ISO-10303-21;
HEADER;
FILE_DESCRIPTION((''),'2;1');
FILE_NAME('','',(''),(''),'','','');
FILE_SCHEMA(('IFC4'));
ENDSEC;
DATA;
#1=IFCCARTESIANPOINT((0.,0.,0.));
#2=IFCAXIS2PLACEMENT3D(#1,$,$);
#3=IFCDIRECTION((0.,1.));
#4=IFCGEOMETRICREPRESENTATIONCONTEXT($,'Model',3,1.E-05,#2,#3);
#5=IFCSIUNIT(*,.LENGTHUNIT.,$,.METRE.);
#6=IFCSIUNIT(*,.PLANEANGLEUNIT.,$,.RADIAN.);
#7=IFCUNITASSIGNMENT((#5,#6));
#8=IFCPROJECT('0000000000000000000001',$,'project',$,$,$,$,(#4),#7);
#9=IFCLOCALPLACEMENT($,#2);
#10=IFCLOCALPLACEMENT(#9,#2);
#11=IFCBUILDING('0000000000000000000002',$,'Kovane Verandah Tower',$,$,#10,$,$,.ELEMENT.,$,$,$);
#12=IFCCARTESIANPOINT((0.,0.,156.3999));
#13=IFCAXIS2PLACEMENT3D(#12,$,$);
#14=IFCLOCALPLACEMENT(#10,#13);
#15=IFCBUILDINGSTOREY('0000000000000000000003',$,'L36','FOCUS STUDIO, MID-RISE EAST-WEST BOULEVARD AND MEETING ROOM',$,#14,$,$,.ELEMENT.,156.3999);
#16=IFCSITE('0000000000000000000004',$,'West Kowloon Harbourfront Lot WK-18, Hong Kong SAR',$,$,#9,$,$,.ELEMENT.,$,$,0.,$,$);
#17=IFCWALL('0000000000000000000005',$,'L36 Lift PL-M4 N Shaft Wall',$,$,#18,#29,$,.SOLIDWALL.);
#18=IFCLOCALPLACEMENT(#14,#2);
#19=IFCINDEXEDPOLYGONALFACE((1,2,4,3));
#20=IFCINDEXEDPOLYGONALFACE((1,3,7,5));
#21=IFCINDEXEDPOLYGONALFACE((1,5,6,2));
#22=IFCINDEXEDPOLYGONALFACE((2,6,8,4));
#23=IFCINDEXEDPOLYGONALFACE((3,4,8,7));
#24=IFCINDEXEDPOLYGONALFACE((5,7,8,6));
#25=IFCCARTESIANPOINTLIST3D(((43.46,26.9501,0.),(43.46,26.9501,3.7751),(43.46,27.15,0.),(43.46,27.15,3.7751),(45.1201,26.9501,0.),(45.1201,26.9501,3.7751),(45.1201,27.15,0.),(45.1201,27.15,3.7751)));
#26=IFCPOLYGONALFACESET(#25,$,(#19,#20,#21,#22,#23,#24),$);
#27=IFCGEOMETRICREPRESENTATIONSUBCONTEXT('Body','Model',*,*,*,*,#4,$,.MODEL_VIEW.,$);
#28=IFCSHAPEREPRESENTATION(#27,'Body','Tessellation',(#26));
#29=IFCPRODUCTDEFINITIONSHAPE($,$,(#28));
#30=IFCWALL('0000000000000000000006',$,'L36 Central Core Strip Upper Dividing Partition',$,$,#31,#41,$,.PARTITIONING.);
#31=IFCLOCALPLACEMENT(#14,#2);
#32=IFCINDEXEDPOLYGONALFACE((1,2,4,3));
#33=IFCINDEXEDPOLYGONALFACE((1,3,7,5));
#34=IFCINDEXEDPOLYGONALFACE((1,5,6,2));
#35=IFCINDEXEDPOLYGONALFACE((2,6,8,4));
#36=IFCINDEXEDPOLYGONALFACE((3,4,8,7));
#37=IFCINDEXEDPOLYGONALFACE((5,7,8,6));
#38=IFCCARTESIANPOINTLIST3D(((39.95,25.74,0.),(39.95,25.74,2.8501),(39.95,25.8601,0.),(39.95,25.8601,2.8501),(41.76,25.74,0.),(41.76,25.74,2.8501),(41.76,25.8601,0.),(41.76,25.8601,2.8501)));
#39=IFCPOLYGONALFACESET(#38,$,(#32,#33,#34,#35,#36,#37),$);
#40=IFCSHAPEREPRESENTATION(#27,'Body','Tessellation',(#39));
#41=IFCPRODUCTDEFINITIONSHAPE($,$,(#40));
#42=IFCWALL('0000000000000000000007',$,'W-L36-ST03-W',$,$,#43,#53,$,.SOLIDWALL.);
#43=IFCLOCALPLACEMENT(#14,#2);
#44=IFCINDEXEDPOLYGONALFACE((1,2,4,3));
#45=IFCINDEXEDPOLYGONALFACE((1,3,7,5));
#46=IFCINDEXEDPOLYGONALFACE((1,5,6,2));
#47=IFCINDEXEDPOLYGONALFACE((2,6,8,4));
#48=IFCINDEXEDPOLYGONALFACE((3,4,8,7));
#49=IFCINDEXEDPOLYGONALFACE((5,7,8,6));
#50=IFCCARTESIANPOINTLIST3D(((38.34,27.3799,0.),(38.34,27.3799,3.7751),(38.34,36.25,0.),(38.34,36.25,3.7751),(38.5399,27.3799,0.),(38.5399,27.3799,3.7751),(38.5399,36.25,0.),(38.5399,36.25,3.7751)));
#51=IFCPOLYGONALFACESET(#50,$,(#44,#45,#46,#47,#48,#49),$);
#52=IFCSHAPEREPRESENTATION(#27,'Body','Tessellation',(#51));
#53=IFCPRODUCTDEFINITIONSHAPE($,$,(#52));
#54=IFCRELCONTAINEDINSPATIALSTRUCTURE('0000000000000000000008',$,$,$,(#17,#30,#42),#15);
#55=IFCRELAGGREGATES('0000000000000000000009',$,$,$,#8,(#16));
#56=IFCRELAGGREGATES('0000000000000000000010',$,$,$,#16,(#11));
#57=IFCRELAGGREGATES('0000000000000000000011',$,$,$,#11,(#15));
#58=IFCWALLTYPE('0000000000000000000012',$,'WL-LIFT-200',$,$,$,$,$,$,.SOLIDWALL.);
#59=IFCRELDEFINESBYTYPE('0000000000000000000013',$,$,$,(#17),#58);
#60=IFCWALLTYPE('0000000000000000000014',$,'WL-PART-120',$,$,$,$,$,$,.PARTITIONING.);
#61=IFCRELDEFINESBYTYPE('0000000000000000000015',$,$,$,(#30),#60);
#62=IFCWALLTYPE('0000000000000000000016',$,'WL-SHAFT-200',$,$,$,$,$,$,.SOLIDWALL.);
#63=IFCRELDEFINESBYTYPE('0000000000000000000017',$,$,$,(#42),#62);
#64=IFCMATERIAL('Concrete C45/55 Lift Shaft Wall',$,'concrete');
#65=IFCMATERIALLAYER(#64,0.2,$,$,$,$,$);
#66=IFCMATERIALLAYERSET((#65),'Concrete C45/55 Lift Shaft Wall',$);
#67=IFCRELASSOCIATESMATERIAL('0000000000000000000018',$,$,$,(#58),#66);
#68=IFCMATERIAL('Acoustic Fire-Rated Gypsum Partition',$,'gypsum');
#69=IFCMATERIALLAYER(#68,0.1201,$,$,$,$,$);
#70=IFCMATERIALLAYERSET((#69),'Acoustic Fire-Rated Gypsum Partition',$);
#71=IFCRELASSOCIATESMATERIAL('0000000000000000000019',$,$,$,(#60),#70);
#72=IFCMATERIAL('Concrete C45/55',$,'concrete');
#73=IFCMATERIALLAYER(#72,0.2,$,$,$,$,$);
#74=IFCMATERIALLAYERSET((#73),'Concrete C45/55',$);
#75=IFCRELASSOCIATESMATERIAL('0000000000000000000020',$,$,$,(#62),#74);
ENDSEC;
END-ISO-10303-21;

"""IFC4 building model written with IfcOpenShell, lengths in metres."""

from ifc_helpers import new_model, si_unit, direction, frame, frame_2d, origin, place, context, subcontext, project, spatial, rectangle, extrude, material, layer, layer_set, type_object, element, save


model = new_model("IFC4")

# Units and contexts
model_context = context("Model", 3, precision=1e-05, world=origin(), true_north=direction((0.0, 1.0)))
body_context = subcontext(model_context, "Body", "Model", "MODEL_VIEW")
ifc_project = project(units=[si_unit("LENGTHUNIT", "METRE"), si_unit("PLANEANGLEUNIT", "RADIAN")], contexts=[model_context])

# Site, building, storey
site_placement = place(None, origin())
site = spatial("IfcSite", under=ifc_project, at=site_placement, Name="West Kowloon Harbourfront Lot WK-18, Hong Kong SAR", CompositionType="ELEMENT", RefElevation=0.0)
building_placement = place(site_placement, origin())
building = spatial("IfcBuilding", under=site, at=building_placement, Name="Kovane Verandah Tower", CompositionType="ELEMENT")
storey_placement = place(building_placement, frame((0.0, 0.0, 156.3999)))
storey = spatial("IfcBuildingStorey", under=building, at=storey_placement, Name="L36", Description="FOCUS STUDIO, MID-RISE EAST-WEST BOULEVARD AND MEETING ROOM", CompositionType="ELEMENT", Elevation=156.3999)

# Shared definitions
ifc_material_1 = material(Name="Concrete C45/55 Lift Shaft Wall", Category="concrete")
ifc_layer_1 = layer(ifc_material_1, 0.2)
ifc_layer_set_1 = layer_set([ifc_layer_1], Name="Concrete C45/55 Lift Shaft Wall")
wall_type_1 = type_object("IfcWallType", Name="WL-LIFT-200", PredefinedType="SOLIDWALL", material=ifc_layer_set_1)

# Walls
wall_1_placement = place(storey_placement, frame((45.1201, 27.05, 0.0), z_axis=(0.0, 0.0, 1.0), x_axis=(-1.0, 0.0, 0.0)))
element("IfcWall", 1, at=wall_1_placement, inside=storey, type_object=wall_type_1, Name="L36 Lift PL-M4 N Shaft Wall", PredefinedType="SOLIDWALL", context=body_context, shape_type="SweptSolid", body=[
    extrude(rectangle(XDim=1.6602, YDim=0.2, at=frame_2d((0.8301, 0.0))), origin(), (0.0, 0.0, 1.0), 3.7751),
])
ifc_material_2 = material(Name="Acoustic Fire-Rated Gypsum Partition", Category="gypsum")
ifc_layer_2 = layer(ifc_material_2, 0.1201)
ifc_layer_set_2 = layer_set([ifc_layer_2], Name="Acoustic Fire-Rated Gypsum Partition")
wall_type_2 = type_object("IfcWallType", Name="WL-PART-120", PredefinedType="PARTITIONING", material=ifc_layer_set_2)
wall_2_placement = place(storey_placement, frame((39.95, 25.8, 0.0), z_axis=(0.0, 0.0, 1.0), x_axis=(1.0, 0.0, 0.0)))
element("IfcWall", 2, at=wall_2_placement, inside=storey, type_object=wall_type_2, Name="L36 Central Core Strip Upper Dividing Partition", PredefinedType="PARTITIONING", context=body_context, shape_type="SweptSolid", body=[
    extrude(rectangle(XDim=1.8101, YDim=0.1201, at=frame_2d((0.905, 0.0))), origin(), (0.0, 0.0, 1.0), 2.8501),
])
ifc_material_3 = material(Name="Concrete C45/55", Category="concrete")
ifc_layer_3 = layer(ifc_material_3, 0.2)
ifc_layer_set_3 = layer_set([ifc_layer_3], Name="Concrete C45/55")
wall_type_3 = type_object("IfcWallType", Name="WL-SHAFT-200", PredefinedType="SOLIDWALL", material=ifc_layer_set_3)
wall_3_placement = place(storey_placement, frame((38.4399, 27.3799, 0.0), z_axis=(0.0, 0.0, 1.0), x_axis=(0.0, 1.0, 0.0)))
element("IfcWall", 3, at=wall_3_placement, inside=storey, type_object=wall_type_3, Name="W-L36-ST03-W", PredefinedType="SOLIDWALL", context=body_context, shape_type="SweptSolid", body=[
    extrude(rectangle(XDim=8.8701, YDim=0.2, at=frame_2d((4.4351, 0.0))), origin(), (0.0, 0.0, 1.0), 3.7751),
])

save(model, "model.ifc")
